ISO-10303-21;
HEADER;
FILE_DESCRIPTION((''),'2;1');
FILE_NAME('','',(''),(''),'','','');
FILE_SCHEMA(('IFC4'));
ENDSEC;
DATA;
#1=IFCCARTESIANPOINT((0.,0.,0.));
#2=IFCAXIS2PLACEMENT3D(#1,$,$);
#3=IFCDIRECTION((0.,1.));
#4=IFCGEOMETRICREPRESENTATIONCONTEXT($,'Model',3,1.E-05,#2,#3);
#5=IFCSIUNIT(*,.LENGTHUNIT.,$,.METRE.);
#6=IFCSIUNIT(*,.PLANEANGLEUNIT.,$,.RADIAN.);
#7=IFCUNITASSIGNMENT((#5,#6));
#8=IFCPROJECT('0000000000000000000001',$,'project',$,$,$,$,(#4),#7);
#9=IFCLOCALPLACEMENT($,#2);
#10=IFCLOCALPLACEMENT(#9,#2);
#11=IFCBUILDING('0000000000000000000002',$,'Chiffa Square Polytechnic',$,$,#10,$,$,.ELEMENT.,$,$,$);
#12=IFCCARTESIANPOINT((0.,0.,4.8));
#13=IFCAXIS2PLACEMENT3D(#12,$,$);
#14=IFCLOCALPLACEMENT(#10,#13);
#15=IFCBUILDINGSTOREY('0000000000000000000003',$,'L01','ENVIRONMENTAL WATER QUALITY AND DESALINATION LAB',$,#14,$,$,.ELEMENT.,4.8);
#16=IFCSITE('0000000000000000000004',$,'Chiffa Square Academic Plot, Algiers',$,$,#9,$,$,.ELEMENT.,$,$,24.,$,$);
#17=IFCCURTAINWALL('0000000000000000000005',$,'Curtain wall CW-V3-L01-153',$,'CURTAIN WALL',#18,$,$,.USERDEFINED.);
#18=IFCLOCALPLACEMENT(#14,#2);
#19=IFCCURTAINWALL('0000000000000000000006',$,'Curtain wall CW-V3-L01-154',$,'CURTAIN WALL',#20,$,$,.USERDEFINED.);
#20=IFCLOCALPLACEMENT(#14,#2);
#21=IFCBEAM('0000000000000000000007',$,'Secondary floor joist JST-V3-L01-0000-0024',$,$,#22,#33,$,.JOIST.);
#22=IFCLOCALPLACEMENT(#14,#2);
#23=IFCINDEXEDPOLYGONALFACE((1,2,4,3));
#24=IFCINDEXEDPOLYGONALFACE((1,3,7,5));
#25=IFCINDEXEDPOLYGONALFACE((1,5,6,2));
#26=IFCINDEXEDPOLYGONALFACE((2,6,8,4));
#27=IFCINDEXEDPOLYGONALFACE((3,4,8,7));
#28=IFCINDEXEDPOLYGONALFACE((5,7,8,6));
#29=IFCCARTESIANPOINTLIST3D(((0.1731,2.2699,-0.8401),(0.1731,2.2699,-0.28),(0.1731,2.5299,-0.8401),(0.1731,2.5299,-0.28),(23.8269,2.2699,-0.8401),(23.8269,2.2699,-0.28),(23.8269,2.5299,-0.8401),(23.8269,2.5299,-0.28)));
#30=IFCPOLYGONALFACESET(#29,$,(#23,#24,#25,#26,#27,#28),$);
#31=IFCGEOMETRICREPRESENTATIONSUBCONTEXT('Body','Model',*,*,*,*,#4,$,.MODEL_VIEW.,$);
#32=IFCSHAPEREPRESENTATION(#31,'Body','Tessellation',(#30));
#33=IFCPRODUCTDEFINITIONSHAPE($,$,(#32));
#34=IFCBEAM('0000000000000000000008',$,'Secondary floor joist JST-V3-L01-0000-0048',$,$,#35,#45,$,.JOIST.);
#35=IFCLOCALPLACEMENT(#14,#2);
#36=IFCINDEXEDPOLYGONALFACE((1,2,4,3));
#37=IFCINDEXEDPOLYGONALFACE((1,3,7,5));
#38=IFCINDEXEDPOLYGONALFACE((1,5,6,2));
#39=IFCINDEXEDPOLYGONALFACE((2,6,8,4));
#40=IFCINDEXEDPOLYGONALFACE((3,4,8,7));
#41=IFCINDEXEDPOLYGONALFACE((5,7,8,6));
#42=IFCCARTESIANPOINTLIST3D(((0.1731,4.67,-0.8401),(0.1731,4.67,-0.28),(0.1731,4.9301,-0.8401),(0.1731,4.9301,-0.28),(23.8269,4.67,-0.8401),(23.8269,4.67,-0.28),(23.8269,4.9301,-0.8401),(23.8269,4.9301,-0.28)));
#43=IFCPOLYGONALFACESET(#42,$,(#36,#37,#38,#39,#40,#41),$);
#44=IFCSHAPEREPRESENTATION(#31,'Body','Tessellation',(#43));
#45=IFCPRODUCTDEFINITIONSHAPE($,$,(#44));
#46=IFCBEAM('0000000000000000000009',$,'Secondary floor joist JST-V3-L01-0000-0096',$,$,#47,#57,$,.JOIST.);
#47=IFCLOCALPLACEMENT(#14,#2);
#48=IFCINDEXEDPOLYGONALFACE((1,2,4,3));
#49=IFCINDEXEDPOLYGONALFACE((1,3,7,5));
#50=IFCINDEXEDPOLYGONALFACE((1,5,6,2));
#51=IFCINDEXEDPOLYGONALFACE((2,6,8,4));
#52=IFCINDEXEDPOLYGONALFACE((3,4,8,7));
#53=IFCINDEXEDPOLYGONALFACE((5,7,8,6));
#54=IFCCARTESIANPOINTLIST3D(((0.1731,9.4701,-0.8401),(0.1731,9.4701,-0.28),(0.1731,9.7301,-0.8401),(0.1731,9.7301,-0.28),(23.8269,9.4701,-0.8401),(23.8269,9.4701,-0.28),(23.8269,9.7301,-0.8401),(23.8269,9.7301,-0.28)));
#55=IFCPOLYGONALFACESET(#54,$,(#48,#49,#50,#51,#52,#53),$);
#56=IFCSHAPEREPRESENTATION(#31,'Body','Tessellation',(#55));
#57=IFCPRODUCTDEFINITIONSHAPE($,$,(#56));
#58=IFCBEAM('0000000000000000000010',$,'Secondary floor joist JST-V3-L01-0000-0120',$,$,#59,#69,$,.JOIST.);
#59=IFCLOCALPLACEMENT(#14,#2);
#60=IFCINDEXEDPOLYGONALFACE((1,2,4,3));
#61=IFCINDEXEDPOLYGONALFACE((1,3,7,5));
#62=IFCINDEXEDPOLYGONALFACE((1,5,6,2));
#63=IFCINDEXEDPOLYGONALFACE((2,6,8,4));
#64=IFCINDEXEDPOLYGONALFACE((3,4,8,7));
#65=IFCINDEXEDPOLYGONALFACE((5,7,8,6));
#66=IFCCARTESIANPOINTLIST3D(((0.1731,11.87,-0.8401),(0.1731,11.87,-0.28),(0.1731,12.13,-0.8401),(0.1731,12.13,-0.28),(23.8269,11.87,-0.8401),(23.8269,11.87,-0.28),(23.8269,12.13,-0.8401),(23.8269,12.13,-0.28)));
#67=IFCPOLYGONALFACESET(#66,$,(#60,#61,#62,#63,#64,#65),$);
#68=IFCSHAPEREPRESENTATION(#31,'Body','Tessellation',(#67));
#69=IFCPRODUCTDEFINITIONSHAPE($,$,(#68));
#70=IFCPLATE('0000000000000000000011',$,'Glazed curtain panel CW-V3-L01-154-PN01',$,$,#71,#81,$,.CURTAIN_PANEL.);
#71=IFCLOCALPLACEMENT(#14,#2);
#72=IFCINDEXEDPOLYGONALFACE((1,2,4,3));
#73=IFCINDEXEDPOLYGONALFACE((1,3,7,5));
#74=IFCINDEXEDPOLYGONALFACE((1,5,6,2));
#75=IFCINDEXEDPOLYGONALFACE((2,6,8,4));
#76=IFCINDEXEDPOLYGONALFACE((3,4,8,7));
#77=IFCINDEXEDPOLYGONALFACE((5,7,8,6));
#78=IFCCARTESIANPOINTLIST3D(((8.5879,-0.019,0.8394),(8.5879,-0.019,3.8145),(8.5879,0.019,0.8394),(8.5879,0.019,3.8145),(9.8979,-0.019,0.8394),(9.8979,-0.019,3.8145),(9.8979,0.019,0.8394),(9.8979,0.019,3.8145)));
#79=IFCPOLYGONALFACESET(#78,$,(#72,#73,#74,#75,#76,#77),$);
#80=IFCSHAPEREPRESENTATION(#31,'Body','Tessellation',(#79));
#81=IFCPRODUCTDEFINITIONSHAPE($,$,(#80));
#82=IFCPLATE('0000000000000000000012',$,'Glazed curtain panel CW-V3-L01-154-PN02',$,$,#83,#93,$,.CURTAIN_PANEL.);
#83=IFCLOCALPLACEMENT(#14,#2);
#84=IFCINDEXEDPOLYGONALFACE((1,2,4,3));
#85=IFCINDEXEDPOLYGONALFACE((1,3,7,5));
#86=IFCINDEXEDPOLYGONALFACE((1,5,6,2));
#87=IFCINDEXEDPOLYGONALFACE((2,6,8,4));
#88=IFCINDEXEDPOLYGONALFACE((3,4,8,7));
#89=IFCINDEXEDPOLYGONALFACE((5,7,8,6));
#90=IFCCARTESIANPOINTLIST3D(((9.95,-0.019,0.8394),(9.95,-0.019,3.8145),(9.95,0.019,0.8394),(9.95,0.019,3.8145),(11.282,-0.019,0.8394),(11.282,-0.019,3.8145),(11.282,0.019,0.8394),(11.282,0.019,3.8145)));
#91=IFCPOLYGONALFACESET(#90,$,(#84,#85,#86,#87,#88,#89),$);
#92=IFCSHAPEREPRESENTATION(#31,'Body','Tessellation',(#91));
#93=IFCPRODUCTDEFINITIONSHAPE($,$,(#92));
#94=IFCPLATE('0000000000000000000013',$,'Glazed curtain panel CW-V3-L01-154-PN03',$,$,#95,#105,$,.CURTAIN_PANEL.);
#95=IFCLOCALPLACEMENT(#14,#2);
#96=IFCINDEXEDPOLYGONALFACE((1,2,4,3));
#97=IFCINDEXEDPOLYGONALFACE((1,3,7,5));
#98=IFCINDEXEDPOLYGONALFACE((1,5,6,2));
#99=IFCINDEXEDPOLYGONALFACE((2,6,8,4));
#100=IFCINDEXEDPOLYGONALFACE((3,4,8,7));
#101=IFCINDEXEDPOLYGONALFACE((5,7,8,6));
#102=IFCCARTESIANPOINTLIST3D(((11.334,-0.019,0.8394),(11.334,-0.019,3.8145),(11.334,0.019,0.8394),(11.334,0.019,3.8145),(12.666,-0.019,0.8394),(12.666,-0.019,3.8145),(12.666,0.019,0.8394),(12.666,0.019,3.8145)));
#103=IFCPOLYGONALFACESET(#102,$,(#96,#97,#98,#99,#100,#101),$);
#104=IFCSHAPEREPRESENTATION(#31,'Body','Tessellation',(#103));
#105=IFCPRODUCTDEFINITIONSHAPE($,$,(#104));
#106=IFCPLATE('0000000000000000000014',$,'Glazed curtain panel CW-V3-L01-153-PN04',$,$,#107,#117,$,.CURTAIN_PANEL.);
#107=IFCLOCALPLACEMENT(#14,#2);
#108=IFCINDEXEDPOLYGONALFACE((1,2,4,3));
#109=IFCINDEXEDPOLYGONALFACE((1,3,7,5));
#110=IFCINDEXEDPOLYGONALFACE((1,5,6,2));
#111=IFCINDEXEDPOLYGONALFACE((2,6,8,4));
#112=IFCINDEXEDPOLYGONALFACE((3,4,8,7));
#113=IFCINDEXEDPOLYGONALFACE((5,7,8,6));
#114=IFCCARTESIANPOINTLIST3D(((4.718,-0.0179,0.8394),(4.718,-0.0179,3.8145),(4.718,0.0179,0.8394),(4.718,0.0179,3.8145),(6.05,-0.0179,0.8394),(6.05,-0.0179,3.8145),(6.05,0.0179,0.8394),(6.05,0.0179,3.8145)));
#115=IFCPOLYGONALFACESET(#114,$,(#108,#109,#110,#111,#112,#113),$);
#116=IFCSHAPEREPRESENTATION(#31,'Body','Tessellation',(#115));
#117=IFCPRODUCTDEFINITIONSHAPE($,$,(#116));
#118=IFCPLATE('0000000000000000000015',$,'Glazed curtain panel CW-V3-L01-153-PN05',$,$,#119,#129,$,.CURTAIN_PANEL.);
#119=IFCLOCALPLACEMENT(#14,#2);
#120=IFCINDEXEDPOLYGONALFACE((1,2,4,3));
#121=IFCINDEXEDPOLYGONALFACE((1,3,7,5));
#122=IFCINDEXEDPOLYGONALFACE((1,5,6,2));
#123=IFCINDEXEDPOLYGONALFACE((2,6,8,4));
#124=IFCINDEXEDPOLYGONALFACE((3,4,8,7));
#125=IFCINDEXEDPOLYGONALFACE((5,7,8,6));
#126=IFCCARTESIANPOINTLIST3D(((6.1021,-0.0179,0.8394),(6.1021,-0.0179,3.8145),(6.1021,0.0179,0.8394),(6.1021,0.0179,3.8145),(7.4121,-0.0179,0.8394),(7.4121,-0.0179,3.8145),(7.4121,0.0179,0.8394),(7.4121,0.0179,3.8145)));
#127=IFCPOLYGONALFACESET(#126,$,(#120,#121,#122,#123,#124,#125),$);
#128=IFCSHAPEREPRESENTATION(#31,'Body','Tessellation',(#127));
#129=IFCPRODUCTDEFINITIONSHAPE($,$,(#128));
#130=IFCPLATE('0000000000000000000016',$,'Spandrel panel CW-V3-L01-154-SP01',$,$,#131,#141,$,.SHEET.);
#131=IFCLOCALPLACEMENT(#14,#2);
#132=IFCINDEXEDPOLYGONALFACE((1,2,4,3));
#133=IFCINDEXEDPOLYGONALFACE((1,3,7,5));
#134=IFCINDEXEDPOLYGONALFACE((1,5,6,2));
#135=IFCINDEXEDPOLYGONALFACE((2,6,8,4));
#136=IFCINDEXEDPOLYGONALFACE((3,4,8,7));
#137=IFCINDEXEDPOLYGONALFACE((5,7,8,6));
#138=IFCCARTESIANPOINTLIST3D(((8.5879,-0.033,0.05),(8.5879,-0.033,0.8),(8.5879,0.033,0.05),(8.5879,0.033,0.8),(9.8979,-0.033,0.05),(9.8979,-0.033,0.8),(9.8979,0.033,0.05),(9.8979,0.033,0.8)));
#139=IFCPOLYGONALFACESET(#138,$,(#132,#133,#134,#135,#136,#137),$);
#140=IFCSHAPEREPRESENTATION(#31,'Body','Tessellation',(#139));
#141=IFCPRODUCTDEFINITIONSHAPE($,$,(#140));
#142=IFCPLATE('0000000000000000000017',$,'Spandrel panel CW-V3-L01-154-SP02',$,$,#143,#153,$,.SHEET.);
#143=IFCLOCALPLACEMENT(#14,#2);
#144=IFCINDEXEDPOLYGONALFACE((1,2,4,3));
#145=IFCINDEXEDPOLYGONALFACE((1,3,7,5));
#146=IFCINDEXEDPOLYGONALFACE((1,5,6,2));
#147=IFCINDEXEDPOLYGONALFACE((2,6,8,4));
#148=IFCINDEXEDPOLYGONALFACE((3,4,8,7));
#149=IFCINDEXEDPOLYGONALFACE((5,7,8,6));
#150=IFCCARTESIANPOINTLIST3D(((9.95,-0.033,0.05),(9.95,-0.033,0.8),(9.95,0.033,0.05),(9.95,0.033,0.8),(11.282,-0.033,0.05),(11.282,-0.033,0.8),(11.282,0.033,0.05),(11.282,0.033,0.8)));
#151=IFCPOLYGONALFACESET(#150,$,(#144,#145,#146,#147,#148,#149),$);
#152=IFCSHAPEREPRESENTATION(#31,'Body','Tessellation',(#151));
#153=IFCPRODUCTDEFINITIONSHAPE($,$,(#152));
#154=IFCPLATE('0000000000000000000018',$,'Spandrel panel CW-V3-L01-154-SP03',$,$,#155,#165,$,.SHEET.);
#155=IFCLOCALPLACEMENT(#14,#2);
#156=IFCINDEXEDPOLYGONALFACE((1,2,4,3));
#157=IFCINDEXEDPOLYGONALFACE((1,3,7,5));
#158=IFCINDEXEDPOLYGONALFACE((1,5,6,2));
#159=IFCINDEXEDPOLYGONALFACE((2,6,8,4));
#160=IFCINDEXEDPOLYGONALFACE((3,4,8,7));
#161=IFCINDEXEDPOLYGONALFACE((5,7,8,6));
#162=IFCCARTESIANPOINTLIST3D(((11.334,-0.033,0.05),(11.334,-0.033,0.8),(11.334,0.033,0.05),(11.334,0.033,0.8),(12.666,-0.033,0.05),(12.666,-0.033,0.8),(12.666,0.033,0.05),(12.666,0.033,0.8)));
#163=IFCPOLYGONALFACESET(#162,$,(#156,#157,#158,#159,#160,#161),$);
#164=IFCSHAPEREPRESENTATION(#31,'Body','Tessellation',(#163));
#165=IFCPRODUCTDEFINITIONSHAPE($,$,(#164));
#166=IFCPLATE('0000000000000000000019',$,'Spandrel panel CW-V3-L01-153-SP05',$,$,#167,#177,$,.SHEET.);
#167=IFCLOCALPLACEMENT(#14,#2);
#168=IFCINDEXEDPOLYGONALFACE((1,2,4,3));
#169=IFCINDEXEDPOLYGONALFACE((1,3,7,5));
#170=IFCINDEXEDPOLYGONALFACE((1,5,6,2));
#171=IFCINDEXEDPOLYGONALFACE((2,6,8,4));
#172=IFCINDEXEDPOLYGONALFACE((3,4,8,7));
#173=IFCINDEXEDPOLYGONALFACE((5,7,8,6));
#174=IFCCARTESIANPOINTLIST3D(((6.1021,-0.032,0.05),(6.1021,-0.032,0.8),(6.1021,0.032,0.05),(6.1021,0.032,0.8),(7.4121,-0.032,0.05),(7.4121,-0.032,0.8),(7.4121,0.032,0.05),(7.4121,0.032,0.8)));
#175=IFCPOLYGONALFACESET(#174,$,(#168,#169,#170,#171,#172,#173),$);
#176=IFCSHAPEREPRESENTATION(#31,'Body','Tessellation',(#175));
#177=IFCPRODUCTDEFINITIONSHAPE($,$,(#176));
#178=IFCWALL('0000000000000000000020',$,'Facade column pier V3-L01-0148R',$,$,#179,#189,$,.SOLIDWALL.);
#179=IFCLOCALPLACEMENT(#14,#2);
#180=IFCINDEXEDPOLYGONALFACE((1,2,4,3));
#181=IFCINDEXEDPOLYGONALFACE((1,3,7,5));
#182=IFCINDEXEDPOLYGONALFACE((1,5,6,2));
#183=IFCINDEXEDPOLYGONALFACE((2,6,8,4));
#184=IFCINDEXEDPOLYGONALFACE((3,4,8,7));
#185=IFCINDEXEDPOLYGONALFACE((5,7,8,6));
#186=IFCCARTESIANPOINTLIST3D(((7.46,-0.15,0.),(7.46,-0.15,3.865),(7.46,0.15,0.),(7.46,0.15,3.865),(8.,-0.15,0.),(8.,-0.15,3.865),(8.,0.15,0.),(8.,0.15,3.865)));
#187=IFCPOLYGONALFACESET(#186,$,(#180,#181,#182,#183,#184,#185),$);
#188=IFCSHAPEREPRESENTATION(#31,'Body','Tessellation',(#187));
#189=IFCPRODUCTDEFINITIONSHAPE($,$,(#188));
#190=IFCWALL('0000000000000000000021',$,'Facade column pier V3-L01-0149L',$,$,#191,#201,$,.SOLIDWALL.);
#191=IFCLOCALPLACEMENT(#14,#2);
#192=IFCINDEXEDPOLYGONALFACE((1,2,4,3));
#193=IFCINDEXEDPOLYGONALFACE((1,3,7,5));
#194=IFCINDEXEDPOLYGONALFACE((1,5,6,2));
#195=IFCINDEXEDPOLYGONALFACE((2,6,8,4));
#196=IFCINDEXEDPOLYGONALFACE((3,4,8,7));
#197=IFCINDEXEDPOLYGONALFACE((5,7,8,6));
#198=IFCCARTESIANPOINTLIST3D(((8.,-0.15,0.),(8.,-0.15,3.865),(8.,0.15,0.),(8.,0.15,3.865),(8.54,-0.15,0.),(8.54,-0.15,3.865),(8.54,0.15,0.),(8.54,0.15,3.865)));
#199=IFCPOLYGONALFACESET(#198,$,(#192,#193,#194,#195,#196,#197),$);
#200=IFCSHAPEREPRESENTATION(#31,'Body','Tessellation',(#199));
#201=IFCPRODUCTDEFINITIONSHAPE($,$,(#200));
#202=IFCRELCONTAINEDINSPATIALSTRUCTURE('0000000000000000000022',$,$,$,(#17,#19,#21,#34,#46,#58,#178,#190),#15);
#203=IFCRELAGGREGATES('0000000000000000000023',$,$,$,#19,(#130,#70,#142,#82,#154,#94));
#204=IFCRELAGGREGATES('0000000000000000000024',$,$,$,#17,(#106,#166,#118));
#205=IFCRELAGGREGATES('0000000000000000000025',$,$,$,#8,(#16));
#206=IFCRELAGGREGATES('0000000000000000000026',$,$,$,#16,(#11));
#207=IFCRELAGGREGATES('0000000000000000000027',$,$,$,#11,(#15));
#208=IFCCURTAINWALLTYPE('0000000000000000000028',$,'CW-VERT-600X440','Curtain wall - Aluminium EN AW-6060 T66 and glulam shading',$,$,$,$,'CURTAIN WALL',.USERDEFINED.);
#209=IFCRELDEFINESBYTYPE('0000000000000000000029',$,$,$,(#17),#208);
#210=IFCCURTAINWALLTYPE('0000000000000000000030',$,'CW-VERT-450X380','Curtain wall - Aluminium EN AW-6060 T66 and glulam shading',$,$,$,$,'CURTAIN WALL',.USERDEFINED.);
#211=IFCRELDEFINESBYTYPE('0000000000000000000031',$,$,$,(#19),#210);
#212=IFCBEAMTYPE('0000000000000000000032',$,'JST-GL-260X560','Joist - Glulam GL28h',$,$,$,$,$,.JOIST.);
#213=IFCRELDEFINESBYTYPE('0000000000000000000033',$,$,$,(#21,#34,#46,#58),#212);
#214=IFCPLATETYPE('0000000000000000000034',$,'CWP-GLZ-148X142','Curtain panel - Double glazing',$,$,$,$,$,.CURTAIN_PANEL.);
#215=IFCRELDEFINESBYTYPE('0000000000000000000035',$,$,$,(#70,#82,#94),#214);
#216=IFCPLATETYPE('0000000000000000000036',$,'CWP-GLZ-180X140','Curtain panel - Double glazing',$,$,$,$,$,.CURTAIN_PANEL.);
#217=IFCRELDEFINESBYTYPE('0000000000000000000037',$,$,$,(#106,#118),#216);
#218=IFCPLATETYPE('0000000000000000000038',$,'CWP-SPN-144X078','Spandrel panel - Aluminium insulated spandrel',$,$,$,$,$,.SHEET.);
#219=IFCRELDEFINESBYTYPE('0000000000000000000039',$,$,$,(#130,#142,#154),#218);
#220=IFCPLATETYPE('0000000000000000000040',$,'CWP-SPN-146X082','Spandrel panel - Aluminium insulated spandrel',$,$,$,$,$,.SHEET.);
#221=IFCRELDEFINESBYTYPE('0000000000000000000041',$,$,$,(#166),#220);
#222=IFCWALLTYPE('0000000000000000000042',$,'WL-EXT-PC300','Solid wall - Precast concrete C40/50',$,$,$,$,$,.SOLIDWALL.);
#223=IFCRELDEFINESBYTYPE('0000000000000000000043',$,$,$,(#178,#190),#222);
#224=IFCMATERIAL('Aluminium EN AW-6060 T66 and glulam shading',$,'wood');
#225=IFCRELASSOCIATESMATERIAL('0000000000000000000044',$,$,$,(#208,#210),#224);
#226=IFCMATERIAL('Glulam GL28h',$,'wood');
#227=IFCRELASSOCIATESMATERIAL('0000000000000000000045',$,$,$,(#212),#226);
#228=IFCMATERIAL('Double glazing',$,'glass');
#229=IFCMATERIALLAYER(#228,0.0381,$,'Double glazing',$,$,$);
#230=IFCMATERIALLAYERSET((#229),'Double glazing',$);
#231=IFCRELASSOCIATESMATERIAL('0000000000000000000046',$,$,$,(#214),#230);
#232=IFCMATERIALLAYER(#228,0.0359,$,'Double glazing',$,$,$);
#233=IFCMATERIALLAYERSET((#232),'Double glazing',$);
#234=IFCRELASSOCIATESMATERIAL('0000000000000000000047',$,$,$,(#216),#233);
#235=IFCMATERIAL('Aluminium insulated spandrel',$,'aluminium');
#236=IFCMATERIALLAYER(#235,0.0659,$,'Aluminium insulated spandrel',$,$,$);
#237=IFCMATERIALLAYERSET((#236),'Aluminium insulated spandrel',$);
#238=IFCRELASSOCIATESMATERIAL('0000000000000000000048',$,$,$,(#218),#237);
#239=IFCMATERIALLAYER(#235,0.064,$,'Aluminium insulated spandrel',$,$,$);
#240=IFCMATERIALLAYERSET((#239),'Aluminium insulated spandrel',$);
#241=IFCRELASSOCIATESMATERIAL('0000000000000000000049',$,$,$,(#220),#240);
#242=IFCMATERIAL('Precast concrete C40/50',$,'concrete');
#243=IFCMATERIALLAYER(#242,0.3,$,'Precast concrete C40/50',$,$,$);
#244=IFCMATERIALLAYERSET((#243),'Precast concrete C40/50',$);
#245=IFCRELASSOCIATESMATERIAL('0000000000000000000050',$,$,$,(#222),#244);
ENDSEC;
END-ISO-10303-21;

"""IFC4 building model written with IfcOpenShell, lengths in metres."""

from ifc_helpers import new_model, si_unit, direction, frame, frame_2d, origin, origin_2d, place, context, subcontext, project, spatial, rectangle, extrude, material, layer, layer_set, material_profile, profile_set, type_object, element, aggregate, save


model = new_model("IFC4")

# Units and contexts
model_context = context("Model", 3, precision=1e-05, world=origin(), true_north=direction((0.0, 1.0)))
body_context = subcontext(model_context, "Body", "Model", "MODEL_VIEW")
ifc_project = project(units=[si_unit("LENGTHUNIT", "METRE"), si_unit("PLANEANGLEUNIT", "RADIAN")], contexts=[model_context])

# Site, building, storey
site_placement = place(None, origin())
site = spatial("IfcSite", under=ifc_project, at=site_placement, Name="Chiffa Square Academic Plot, Algiers", CompositionType="ELEMENT", RefElevation=24.0)
building_placement = place(site_placement, origin())
building = spatial("IfcBuilding", under=site, at=building_placement, Name="Chiffa Square Polytechnic", CompositionType="ELEMENT")
storey_placement = place(building_placement, frame((0.0, 0.0, 4.8)))
storey = spatial("IfcBuildingStorey", under=building, at=storey_placement, Name="L01", Description="ENVIRONMENTAL WATER QUALITY AND DESALINATION LAB", CompositionType="ELEMENT", Elevation=4.8)

# Curtain walls
ifc_material_1 = material(Name="Aluminium EN AW-6060 T66 and glulam shading", Category="wood")
curtain_wall_type_1 = type_object("IfcCurtainWallType", Name="CW-VERT-600X440", Description="Curtain wall - Aluminium EN AW-6060 T66 and glulam shading", ElementType="CURTAIN WALL", PredefinedType="USERDEFINED", material=ifc_material_1)
curtain_wall_1_placement = place(storey_placement, origin())
curtain_wall_1 = element("IfcCurtainWall", 1, at=curtain_wall_1_placement, inside=storey, type_object=curtain_wall_type_1, Name="Curtain wall CW-V3-L01-153", ObjectType="CURTAIN WALL", PredefinedType="USERDEFINED")
curtain_wall_type_2 = type_object("IfcCurtainWallType", Name="CW-VERT-450X380", Description="Curtain wall - Aluminium EN AW-6060 T66 and glulam shading", ElementType="CURTAIN WALL", PredefinedType="USERDEFINED", material=ifc_material_1)
curtain_wall_2_placement = place(storey_placement, origin())
curtain_wall_2 = element("IfcCurtainWall", 2, at=curtain_wall_2_placement, inside=storey, type_object=curtain_wall_type_2, Name="Curtain wall CW-V3-L01-154", ObjectType="CURTAIN WALL", PredefinedType="USERDEFINED")

# Beams
ifc_material_2 = material(Name="Glulam GL28h", Category="wood")
ifc_material_profile_1 = material_profile(ifc_material_2, rectangle(XDim=0.26, YDim=0.5601, at=origin_2d()), Name="GL28h 260x560")
ifc_profile_set_1 = profile_set([ifc_material_profile_1], Name="Glulam GL28h")
beam_type_1 = type_object("IfcBeamType", Name="JST-GL-260X560", Description="Joist - Glulam GL28h", PredefinedType="JOIST", material=ifc_profile_set_1)
for number, where, z_axis, x_axis, name in (
    (3, (0.1731, 2.3999, -0.5601), (1.0, 0.0, 0.0), (0.0, 1.0, 0.0), "Secondary floor joist JST-V3-L01-0000-0024"),
    (4, (0.1731, 4.8, -0.5601), (1.0, 0.0, 0.0), (0.0, 1.0, 0.0), "Secondary floor joist JST-V3-L01-0000-0048"),
    (5, (0.1731, 9.6001, -0.5601), (1.0, 0.0, 0.0), (0.0, 1.0, 0.0), "Secondary floor joist JST-V3-L01-0000-0096"),
    (6, (0.1731, 12.0, -0.5601), (1.0, 0.0, 0.0), (0.0, 1.0, 0.0), "Secondary floor joist JST-V3-L01-0000-0120"),
):
    element("IfcBeam", number, at=place(storey_placement, frame(where, z_axis=z_axis, x_axis=x_axis)), inside=storey, type_object=beam_type_1, Name=name, PredefinedType="JOIST", context=body_context, shape_type="SweptSolid", body=[
        extrude(rectangle(XDim=0.26, YDim=0.5601, at=origin_2d()), origin(), (0.0, 0.0, 1.0), 23.6538),
    ])

# Plates
ifc_material_3 = material(Name="Double glazing", Category="glass")
ifc_layer_1 = layer(ifc_material_3, 0.0381, Name="Double glazing")
ifc_layer_set_1 = layer_set([ifc_layer_1], Name="Double glazing")
plate_type_1 = type_object("IfcPlateType", Name="CWP-GLZ-148X142", Description="Curtain panel - Double glazing", PredefinedType="CURTAIN_PANEL", material=ifc_layer_set_1)
plate_1_placement = place(storey_placement, frame((9.2429, 0.0, 0.8394), z_axis=(0.0, 0.0, 1.0), x_axis=(1.0, 0.0, 0.0)))
plate_1 = element("IfcPlate", 7, at=plate_1_placement, type_object=plate_type_1, Name="Glazed curtain panel CW-V3-L01-154-PN01", PredefinedType="CURTAIN_PANEL", context=body_context, shape_type="SweptSolid", body=[
    extrude(rectangle(XDim=1.3101, YDim=0.0381, at=origin_2d()), origin(), (0.0, 0.0, 1.0), 2.9751),
])
plate_2_placement = place(storey_placement, frame((10.616, 0.0, 0.8394), z_axis=(0.0, 0.0, 1.0), x_axis=(1.0, 0.0, 0.0)))
plate_2 = element("IfcPlate", 8, at=plate_2_placement, type_object=plate_type_1, Name="Glazed curtain panel CW-V3-L01-154-PN02", PredefinedType="CURTAIN_PANEL", context=body_context, shape_type="SweptSolid", body=[
    extrude(rectangle(XDim=1.332, YDim=0.0381, at=origin_2d()), origin(), (0.0, 0.0, 1.0), 2.9751),
])
plate_3_placement = place(storey_placement, frame((12.0, 0.0, 0.8394), z_axis=(0.0, 0.0, 1.0), x_axis=(1.0, 0.0, 0.0)))
plate_3 = element("IfcPlate", 9, at=plate_3_placement, type_object=plate_type_1, Name="Glazed curtain panel CW-V3-L01-154-PN03", PredefinedType="CURTAIN_PANEL", context=body_context, shape_type="SweptSolid", body=[
    extrude(rectangle(XDim=1.332, YDim=0.0381, at=origin_2d()), origin(), (0.0, 0.0, 1.0), 2.9751),
])
ifc_layer_2 = layer(ifc_material_3, 0.0359, Name="Double glazing")
ifc_layer_set_2 = layer_set([ifc_layer_2], Name="Double glazing")
plate_type_2 = type_object("IfcPlateType", Name="CWP-GLZ-180X140", Description="Curtain panel - Double glazing", PredefinedType="CURTAIN_PANEL", material=ifc_layer_set_2)
plate_4_placement = place(storey_placement, frame((5.384, 0.0, 0.8394), z_axis=(0.0, 0.0, 1.0), x_axis=(1.0, 0.0, 0.0)))
plate_4 = element("IfcPlate", 10, at=plate_4_placement, type_object=plate_type_2, Name="Glazed curtain panel CW-V3-L01-153-PN04", PredefinedType="CURTAIN_PANEL", context=body_context, shape_type="SweptSolid", body=[
    extrude(rectangle(XDim=1.332, YDim=0.0359, at=origin_2d()), origin(), (0.0, 0.0, 1.0), 2.9751),
])
plate_5_placement = place(storey_placement, frame((6.7571, 0.0, 0.8394), z_axis=(0.0, 0.0, 1.0), x_axis=(1.0, 0.0, 0.0)))
plate_5 = element("IfcPlate", 11, at=plate_5_placement, type_object=plate_type_2, Name="Glazed curtain panel CW-V3-L01-153-PN05", PredefinedType="CURTAIN_PANEL", context=body_context, shape_type="SweptSolid", body=[
    extrude(rectangle(XDim=1.3101, YDim=0.0359, at=origin_2d()), origin(), (0.0, 0.0, 1.0), 2.9751),
])
ifc_material_4 = material(Name="Aluminium insulated spandrel", Category="aluminium")
ifc_layer_3 = layer(ifc_material_4, 0.0659, Name="Aluminium insulated spandrel")
ifc_layer_set_3 = layer_set([ifc_layer_3], Name="Aluminium insulated spandrel")
plate_type_3 = type_object("IfcPlateType", Name="CWP-SPN-144X078", Description="Spandrel panel - Aluminium insulated spandrel", PredefinedType="SHEET", material=ifc_layer_set_3)
plate_6_placement = place(storey_placement, frame((9.2429, 0.0, 0.05), z_axis=(0.0, 0.0, 1.0), x_axis=(1.0, 0.0, 0.0)))
plate_6 = element("IfcPlate", 12, at=plate_6_placement, type_object=plate_type_3, Name="Spandrel panel CW-V3-L01-154-SP01", PredefinedType="SHEET", context=body_context, shape_type="SweptSolid", body=[
    extrude(rectangle(XDim=1.3101, YDim=0.0659, at=origin_2d()), origin(), (0.0, 0.0, 1.0), 0.75),
])
plate_7_placement = place(storey_placement, frame((10.616, 0.0, 0.05), z_axis=(0.0, 0.0, 1.0), x_axis=(1.0, 0.0, 0.0)))
plate_7 = element("IfcPlate", 13, at=plate_7_placement, type_object=plate_type_3, Name="Spandrel panel CW-V3-L01-154-SP02", PredefinedType="SHEET", context=body_context, shape_type="SweptSolid", body=[
    extrude(rectangle(XDim=1.332, YDim=0.0659, at=origin_2d()), origin(), (0.0, 0.0, 1.0), 0.75),
])
plate_8_placement = place(storey_placement, frame((12.0, 0.0, 0.05), z_axis=(0.0, 0.0, 1.0), x_axis=(1.0, 0.0, 0.0)))
plate_8 = element("IfcPlate", 14, at=plate_8_placement, type_object=plate_type_3, Name="Spandrel panel CW-V3-L01-154-SP03", PredefinedType="SHEET", context=body_context, shape_type="SweptSolid", body=[
    extrude(rectangle(XDim=1.332, YDim=0.0659, at=origin_2d()), origin(), (0.0, 0.0, 1.0), 0.75),
])
aggregate(curtain_wall_2, [plate_6, plate_1, plate_7, plate_2, plate_8, plate_3])
ifc_layer_4 = layer(ifc_material_4, 0.064, Name="Aluminium insulated spandrel")
ifc_layer_set_4 = layer_set([ifc_layer_4], Name="Aluminium insulated spandrel")
plate_type_4 = type_object("IfcPlateType", Name="CWP-SPN-146X082", Description="Spandrel panel - Aluminium insulated spandrel", PredefinedType="SHEET", material=ifc_layer_set_4)
plate_9_placement = place(storey_placement, frame((6.7571, 0.0, 0.05), z_axis=(0.0, 0.0, 1.0), x_axis=(1.0, 0.0, 0.0)))
plate_9 = element("IfcPlate", 15, at=plate_9_placement, type_object=plate_type_4, Name="Spandrel panel CW-V3-L01-153-SP05", PredefinedType="SHEET", context=body_context, shape_type="SweptSolid", body=[
    extrude(rectangle(XDim=1.3101, YDim=0.064, at=origin_2d()), origin(), (0.0, 0.0, 1.0), 0.75),
])
aggregate(curtain_wall_1, [plate_4, plate_9, plate_5])

# Walls
ifc_material_5 = material(Name="Precast concrete C40/50", Category="concrete")
ifc_layer_5 = layer(ifc_material_5, 0.3, Name="Precast concrete C40/50")
ifc_layer_set_5 = layer_set([ifc_layer_5], Name="Precast concrete C40/50")
wall_type = type_object("IfcWallType", Name="WL-EXT-PC300", Description="Solid wall - Precast concrete C40/50", PredefinedType="SOLIDWALL", material=ifc_layer_set_5)
for number, where, z_axis, x_axis, name in (
    (16, (7.46, 0.0, 0.0), (0.0, 0.0, 1.0), (1.0, 0.0, 0.0), "Facade column pier V3-L01-0148R"),
    (17, (8.0, 0.0, 0.0), (0.0, 0.0, 1.0), (1.0, 0.0, 0.0), "Facade column pier V3-L01-0149L"),
):
    element("IfcWall", number, at=place(storey_placement, frame(where, z_axis=z_axis, x_axis=x_axis)), inside=storey, type_object=wall_type, Name=name, PredefinedType="SOLIDWALL", context=body_context, shape_type="SweptSolid", body=[
        extrude(rectangle(XDim=0.54, YDim=0.3, at=frame_2d((0.27, 0.0))), origin(), (0.0, 0.0, 1.0), 3.865),
    ])

save(model, "model.ifc")
